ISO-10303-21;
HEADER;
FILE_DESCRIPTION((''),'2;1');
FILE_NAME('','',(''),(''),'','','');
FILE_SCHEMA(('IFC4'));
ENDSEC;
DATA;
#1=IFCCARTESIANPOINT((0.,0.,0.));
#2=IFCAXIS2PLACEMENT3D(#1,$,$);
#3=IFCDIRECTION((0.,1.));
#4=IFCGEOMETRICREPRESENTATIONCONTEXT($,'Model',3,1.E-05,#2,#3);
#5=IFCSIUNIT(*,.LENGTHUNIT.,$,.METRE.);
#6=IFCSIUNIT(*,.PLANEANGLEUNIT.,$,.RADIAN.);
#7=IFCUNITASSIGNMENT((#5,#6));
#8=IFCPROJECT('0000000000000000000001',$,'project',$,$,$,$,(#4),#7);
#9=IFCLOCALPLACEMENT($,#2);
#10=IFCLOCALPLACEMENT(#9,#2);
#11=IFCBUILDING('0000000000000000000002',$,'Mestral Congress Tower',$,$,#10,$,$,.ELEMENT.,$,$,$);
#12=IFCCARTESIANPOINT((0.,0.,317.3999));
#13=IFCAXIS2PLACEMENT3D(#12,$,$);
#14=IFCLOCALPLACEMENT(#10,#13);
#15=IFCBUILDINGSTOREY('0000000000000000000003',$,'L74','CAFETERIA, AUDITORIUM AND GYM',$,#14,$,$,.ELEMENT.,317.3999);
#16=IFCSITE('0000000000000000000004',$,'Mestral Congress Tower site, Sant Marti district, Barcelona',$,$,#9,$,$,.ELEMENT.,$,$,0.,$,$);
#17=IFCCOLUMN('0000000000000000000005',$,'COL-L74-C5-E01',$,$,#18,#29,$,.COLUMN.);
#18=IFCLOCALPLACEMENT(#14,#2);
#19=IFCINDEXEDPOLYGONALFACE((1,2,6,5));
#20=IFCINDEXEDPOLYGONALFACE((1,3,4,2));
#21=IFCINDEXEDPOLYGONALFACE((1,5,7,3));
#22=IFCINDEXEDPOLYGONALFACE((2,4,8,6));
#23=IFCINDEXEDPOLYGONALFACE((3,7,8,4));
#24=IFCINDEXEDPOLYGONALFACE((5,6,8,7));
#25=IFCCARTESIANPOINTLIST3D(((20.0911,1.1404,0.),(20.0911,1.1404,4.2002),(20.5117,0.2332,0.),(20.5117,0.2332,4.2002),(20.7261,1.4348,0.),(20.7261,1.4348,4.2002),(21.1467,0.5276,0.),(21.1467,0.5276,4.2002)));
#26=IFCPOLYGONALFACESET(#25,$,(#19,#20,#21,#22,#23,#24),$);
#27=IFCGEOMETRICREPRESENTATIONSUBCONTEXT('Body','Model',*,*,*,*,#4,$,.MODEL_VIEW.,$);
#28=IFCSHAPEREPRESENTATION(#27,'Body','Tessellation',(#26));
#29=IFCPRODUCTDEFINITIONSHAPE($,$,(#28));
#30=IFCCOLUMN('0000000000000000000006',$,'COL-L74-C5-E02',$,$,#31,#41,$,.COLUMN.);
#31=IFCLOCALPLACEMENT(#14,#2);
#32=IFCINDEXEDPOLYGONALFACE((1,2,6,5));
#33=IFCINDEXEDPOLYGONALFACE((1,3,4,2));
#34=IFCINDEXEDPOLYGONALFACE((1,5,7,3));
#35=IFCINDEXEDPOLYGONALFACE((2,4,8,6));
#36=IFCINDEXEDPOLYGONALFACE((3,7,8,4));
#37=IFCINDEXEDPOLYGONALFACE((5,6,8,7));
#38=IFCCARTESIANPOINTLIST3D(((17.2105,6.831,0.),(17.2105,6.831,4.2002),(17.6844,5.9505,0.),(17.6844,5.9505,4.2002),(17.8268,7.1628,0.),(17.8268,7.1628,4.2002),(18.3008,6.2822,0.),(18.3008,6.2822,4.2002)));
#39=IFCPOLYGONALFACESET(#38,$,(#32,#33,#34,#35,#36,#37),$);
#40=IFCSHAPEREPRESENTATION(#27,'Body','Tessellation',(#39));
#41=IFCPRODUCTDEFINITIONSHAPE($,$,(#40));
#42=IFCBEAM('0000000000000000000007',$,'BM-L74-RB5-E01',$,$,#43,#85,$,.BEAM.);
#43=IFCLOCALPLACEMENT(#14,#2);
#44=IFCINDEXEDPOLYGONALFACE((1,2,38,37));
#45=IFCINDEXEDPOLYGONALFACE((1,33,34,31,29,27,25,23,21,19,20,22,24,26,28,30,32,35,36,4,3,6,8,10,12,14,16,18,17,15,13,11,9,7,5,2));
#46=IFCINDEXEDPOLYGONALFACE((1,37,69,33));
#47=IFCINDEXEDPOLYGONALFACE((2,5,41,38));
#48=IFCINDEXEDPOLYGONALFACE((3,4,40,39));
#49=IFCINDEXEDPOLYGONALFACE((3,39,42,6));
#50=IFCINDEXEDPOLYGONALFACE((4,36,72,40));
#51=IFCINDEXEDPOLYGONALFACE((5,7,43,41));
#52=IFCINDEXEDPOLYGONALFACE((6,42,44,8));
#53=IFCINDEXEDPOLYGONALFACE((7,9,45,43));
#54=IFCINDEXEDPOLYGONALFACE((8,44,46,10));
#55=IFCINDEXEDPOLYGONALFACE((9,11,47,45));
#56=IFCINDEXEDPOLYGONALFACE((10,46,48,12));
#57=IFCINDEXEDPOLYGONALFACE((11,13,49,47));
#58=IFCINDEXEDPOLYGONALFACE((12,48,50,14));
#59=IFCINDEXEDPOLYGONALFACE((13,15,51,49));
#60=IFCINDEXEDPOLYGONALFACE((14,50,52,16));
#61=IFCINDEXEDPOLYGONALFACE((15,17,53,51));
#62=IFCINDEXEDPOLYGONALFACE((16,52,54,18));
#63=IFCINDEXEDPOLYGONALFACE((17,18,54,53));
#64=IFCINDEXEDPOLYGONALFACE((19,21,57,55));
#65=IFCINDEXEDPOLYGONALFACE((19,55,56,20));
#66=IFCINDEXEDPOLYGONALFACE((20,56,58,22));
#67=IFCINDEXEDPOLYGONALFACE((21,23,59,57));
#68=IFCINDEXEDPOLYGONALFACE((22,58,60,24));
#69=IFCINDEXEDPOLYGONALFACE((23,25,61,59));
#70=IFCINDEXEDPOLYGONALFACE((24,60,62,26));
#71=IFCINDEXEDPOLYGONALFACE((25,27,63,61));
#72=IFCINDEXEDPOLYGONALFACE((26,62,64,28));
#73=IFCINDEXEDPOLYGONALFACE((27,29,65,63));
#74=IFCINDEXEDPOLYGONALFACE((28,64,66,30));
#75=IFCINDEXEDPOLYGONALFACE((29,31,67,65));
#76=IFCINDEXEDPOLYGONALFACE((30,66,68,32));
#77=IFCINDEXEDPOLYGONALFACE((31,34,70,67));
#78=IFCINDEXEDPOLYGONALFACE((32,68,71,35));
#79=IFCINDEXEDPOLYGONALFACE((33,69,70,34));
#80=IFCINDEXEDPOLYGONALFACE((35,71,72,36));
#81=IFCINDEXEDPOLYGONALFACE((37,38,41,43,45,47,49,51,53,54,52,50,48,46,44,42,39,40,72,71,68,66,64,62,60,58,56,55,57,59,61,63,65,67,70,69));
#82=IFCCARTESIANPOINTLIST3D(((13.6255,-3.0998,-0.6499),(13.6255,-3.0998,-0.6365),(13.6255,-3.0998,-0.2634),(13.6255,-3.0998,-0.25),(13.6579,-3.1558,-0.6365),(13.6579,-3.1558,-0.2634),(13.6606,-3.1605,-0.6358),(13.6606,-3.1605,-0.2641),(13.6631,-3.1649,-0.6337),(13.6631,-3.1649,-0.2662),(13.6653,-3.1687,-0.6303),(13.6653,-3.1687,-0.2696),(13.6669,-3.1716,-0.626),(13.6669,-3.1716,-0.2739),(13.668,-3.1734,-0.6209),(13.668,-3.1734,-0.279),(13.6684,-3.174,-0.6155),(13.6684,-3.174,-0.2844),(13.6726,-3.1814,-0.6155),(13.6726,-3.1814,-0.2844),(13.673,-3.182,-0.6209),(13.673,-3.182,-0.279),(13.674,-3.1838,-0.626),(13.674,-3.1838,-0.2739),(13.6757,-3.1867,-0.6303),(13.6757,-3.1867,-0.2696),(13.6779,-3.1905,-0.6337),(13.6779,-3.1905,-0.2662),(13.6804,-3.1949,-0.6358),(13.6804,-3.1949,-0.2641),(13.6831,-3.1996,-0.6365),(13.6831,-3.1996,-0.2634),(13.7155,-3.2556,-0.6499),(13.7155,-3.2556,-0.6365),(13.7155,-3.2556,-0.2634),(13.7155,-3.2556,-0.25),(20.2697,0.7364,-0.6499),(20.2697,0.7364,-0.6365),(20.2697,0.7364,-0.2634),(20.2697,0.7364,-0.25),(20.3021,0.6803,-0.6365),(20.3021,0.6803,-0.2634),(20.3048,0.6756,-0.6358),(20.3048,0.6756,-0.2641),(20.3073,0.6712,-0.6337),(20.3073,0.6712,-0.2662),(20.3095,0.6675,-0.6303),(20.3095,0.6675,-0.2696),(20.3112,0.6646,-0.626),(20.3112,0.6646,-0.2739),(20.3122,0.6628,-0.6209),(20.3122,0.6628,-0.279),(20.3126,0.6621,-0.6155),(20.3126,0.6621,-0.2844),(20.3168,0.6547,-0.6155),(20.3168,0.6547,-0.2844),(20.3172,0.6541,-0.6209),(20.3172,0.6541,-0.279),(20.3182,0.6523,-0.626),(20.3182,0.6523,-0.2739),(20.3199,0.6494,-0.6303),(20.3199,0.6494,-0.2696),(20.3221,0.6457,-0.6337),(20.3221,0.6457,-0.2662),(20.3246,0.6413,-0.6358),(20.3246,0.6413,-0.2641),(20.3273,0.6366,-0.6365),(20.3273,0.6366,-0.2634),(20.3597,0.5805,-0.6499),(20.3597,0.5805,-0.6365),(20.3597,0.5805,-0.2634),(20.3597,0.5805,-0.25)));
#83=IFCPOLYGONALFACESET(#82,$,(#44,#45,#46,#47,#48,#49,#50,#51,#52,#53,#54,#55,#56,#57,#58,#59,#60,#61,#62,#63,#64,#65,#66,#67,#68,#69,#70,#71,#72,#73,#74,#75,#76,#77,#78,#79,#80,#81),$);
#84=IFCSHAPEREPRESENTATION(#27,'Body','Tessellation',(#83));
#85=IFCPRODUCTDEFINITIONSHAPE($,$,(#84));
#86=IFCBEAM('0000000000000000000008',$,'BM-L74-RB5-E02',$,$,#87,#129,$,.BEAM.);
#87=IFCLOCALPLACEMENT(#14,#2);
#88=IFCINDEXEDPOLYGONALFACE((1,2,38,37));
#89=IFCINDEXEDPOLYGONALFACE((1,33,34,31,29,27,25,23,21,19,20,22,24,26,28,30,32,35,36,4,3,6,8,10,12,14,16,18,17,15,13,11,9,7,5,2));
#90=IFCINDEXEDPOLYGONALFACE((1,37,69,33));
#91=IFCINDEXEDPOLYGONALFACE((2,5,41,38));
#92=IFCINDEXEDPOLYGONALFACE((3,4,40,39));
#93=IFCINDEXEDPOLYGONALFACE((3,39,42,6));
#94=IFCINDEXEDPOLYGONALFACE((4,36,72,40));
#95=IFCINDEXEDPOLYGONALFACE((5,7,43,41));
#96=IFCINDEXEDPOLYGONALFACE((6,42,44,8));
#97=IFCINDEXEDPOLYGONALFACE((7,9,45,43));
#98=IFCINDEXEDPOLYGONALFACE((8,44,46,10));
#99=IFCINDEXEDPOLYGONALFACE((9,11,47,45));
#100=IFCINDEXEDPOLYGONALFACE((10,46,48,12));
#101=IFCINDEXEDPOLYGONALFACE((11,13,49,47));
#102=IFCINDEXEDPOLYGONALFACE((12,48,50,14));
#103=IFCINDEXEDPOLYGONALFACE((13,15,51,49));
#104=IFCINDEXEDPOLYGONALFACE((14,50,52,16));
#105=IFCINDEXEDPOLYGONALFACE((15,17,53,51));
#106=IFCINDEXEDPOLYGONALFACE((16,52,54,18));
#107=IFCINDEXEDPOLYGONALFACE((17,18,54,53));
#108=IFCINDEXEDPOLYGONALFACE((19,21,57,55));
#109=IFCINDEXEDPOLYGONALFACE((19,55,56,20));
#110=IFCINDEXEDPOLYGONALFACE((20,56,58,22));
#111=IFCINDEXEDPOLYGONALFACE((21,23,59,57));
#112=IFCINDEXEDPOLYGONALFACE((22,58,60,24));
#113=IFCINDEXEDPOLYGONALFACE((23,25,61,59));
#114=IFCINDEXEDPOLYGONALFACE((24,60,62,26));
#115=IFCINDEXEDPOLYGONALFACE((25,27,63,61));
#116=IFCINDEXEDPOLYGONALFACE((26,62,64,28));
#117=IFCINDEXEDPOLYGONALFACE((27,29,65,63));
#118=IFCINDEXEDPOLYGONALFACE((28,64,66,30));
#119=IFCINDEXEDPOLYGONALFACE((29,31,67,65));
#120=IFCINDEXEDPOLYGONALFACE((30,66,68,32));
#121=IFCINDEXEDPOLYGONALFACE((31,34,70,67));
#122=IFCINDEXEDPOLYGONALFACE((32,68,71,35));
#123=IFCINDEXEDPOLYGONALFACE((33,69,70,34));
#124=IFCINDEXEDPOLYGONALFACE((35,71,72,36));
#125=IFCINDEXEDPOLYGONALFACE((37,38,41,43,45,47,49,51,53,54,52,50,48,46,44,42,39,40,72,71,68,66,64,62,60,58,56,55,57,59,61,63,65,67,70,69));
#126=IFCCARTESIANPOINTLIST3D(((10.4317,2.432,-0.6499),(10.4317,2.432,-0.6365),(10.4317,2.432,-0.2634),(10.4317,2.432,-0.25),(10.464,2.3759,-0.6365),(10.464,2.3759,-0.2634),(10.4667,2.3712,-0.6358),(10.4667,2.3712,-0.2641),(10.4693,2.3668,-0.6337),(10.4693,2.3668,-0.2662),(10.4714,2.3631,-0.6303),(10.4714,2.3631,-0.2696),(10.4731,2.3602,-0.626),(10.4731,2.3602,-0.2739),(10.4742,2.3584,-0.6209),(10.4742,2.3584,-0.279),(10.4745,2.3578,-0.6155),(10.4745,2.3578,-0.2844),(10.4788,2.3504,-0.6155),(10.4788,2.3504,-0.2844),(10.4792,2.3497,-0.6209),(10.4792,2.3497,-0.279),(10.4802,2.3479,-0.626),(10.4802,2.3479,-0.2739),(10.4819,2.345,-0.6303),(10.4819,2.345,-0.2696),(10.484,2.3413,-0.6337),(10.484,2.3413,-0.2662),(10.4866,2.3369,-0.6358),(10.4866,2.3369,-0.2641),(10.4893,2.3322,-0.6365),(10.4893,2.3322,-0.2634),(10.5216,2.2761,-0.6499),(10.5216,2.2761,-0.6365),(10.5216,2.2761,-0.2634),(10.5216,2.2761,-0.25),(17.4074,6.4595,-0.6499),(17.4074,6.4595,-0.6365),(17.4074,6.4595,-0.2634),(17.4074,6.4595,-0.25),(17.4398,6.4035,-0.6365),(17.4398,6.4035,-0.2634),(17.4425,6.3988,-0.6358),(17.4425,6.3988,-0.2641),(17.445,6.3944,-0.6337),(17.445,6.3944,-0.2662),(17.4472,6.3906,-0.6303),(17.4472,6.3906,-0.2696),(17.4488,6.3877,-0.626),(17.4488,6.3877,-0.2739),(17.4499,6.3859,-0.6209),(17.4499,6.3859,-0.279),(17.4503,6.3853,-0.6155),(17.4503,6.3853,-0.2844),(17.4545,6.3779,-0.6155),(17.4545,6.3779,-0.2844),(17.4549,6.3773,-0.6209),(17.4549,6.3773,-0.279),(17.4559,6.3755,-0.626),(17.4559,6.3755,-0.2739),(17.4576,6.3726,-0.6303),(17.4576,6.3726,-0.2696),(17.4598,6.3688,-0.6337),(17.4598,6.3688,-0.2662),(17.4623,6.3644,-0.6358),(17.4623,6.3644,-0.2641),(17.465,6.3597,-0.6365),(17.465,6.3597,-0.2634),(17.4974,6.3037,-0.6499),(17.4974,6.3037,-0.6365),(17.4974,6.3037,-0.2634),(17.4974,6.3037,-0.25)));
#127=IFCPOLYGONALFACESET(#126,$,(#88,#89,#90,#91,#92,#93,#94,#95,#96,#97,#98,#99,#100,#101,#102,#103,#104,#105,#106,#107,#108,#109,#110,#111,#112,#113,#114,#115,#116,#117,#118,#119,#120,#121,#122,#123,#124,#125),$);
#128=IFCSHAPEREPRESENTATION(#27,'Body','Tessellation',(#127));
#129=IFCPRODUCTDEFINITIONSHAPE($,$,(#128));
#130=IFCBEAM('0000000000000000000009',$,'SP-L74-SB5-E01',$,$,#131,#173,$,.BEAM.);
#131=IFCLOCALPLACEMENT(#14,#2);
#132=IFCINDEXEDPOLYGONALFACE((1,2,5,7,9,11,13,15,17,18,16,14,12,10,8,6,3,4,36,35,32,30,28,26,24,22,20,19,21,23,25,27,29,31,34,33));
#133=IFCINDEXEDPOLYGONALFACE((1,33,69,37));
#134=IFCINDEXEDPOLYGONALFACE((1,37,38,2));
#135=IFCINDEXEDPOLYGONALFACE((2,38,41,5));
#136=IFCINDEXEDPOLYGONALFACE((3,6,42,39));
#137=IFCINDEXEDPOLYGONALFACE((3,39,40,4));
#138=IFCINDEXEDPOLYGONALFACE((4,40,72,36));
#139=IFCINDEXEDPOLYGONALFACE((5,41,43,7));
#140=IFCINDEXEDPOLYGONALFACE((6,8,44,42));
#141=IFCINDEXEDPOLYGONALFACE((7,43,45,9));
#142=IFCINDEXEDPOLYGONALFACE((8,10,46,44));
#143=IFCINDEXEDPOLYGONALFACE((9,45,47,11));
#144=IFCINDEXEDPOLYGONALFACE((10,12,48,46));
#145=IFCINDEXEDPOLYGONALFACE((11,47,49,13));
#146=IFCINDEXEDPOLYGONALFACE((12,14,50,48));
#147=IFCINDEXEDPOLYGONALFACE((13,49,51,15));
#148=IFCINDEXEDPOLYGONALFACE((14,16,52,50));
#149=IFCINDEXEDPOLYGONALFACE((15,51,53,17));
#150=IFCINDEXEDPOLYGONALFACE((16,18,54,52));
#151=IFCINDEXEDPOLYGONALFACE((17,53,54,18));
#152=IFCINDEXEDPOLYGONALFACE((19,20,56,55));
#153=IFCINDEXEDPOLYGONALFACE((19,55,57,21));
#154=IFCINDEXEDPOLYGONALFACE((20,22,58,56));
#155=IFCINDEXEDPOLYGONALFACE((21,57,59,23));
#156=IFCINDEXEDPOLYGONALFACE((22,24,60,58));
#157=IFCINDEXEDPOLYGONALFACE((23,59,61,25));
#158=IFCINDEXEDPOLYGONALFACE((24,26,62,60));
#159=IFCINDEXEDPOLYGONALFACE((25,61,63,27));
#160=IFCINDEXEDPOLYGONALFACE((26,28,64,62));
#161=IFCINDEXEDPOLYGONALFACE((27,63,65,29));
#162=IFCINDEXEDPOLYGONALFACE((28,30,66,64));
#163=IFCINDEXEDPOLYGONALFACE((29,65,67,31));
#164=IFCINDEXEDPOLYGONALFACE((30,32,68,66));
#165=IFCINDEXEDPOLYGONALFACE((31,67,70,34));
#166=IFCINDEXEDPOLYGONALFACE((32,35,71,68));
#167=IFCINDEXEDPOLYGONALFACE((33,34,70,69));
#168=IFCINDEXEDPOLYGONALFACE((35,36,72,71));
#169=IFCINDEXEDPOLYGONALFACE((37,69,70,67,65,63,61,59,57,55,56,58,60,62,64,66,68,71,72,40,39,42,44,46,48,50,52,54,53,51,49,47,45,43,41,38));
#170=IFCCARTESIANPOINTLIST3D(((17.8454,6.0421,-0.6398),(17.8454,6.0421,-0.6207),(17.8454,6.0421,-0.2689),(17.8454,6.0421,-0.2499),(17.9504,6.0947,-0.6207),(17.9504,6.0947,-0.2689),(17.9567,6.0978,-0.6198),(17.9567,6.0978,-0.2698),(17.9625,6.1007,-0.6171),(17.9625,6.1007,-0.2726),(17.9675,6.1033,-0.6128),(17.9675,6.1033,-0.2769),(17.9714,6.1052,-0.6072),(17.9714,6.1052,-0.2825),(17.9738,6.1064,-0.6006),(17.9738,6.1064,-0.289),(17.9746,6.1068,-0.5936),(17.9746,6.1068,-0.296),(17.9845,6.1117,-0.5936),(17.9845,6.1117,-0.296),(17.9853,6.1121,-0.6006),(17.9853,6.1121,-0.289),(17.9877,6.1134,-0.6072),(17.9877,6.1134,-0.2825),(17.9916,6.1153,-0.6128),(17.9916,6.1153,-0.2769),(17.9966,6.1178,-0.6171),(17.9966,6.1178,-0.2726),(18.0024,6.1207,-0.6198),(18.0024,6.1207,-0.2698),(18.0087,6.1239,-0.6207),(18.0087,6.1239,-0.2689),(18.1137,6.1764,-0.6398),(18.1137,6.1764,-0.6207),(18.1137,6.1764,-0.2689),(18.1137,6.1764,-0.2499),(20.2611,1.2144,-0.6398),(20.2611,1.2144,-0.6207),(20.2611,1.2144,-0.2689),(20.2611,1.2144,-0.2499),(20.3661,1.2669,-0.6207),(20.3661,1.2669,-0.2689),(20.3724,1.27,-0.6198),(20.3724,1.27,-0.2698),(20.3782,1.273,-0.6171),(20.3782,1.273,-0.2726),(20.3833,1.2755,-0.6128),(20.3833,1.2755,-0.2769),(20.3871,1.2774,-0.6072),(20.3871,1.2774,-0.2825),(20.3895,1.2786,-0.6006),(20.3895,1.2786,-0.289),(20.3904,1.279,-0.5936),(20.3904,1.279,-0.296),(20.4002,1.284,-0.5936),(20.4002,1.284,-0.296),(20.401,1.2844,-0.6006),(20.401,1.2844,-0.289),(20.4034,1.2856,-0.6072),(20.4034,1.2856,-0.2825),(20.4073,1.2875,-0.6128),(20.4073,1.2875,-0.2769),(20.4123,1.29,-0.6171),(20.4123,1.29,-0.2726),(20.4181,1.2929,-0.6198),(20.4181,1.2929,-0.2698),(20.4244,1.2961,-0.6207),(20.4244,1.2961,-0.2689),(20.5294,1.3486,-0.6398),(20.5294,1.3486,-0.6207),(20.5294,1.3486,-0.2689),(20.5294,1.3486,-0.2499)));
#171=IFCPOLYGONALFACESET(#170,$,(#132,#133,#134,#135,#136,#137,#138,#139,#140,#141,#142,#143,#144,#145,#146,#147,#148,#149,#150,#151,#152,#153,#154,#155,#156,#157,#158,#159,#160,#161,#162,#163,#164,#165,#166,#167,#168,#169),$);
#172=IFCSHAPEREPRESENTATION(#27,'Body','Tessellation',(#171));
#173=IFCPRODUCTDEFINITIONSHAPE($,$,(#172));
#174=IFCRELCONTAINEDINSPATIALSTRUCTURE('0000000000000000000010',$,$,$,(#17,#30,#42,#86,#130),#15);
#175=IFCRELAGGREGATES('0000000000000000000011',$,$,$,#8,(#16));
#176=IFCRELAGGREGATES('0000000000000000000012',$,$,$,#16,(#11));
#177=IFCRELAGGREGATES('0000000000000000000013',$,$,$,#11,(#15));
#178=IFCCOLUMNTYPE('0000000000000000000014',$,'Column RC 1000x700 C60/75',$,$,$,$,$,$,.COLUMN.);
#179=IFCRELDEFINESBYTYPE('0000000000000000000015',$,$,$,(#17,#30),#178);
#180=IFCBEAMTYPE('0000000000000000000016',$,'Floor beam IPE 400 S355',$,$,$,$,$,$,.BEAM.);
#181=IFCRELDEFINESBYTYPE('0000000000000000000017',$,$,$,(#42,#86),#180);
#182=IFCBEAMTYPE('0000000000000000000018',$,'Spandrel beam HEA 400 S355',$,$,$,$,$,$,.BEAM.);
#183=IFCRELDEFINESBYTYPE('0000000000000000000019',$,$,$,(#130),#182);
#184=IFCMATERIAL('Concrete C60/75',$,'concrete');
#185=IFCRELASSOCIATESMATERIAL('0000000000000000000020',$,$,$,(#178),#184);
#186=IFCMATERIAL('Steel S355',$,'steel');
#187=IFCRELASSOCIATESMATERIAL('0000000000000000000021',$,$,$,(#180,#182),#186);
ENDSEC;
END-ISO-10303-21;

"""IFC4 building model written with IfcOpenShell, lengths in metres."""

from ifc_helpers import new_model, si_unit, direction, frame, origin, origin_2d, place, context, subcontext, project, spatial, rectangle, i_section, extrude, material, material_profile, profile_set, type_object, element, save


model = new_model("IFC4")

# Units and contexts
model_context = context("Model", 3, precision=1e-05, world=origin(), true_north=direction((0.0, 1.0)))
body_context = subcontext(model_context, "Body", "Model", "MODEL_VIEW")
ifc_project = project(units=[si_unit("LENGTHUNIT", "METRE"), si_unit("PLANEANGLEUNIT", "RADIAN")], contexts=[model_context])

# Site, building, storey
site_placement = place(None, origin())
site = spatial("IfcSite", under=ifc_project, at=site_placement, Name="Mestral Congress Tower site, Sant Marti district, Barcelona", CompositionType="ELEMENT", RefElevation=0.0)
building_placement = place(site_placement, origin())
building = spatial("IfcBuilding", under=site, at=building_placement, Name="Mestral Congress Tower", CompositionType="ELEMENT")
storey_placement = place(building_placement, frame((0.0, 0.0, 317.3999)))
storey = spatial("IfcBuildingStorey", under=building, at=storey_placement, Name="L74", Description="CAFETERIA, AUDITORIUM AND GYM", CompositionType="ELEMENT", Elevation=317.3999)

# Columns
ifc_material_1 = material(Name="Concrete C60/75", Category="concrete")
ifc_material_profile_1 = material_profile(ifc_material_1, rectangle(XDim=1.0, YDim=0.7, at=origin_2d()), Name="RC 1000x700")
ifc_profile_set_1 = profile_set([ifc_material_profile_1], Name="Concrete C60/75")
column_type = type_object("IfcColumnType", Name="Column RC 1000x700 C60/75", PredefinedType="COLUMN", material=ifc_profile_set_1)
for number, where, z_axis, x_axis, name in (
    (1, (20.6189, 0.834, 0.0), (0.0, 0.0, 1.0), (-0.420596, 0.907248, 0.0), "COL-L74-C5-E01"),
    (2, (17.7556, 6.5566, 0.0), (0.0, 0.0, 1.0), (-0.473945, 0.880554, 0.0), "COL-L74-C5-E02"),
):
    element("IfcColumn", number, at=place(storey_placement, frame(where, z_axis=z_axis, x_axis=x_axis)), inside=storey, type_object=column_type, Name=name, PredefinedType="COLUMN", context=body_context, shape_type="SweptSolid", body=[
        extrude(rectangle(XDim=1.0, YDim=0.7, at=origin_2d()), origin(), (0.0, 0.0, 1.0), 4.2002),
    ])

# Beams
ifc_material_2 = material(Name="Steel S355", Category="steel")
ifc_material_profile_2 = material_profile(ifc_material_2, i_section(OverallWidth=0.1799, OverallDepth=0.3999, WebThickness=0.0085, FlangeThickness=0.0134, FilletRadius=0.021, at=origin_2d()), Name="IPE 400")
ifc_profile_set_2 = profile_set([ifc_material_profile_2], Name="Steel S355")
beam_type_1 = type_object("IfcBeamType", Name="Floor beam IPE 400 S355", PredefinedType="BEAM", material=ifc_profile_set_2)
beam_1_placement = place(storey_placement, frame((20.3147, 0.6584, -0.45), z_axis=(-0.86602, -0.50001, 0.0), x_axis=(0.50001, -0.86602, 0.0)))
element("IfcBeam", 3, at=beam_1_placement, inside=storey, type_object=beam_type_1, Name="BM-L74-RB5-E01", PredefinedType="BEAM", context=body_context, shape_type="SweptSolid", body=[
    extrude(i_section(OverallWidth=0.1799, OverallDepth=0.3999, WebThickness=0.0085, FlangeThickness=0.0134, FilletRadius=0.021, at=origin_2d()), origin(), (0.0, 0.0, 1.0), 7.6721),
])
beam_2_placement = place(storey_placement, frame((17.4524, 6.3816, -0.45), z_axis=(-0.866021, -0.500008, 0.0), x_axis=(0.500008, -0.866021, 0.0)))
element("IfcBeam", 4, at=beam_2_placement, inside=storey, type_object=beam_type_1, Name="BM-L74-RB5-E02", PredefinedType="BEAM", context=body_context, shape_type="SweptSolid", body=[
    extrude(i_section(OverallWidth=0.1799, OverallDepth=0.3999, WebThickness=0.0085, FlangeThickness=0.0134, FilletRadius=0.021, at=origin_2d()), origin(), (0.0, 0.0, 1.0), 8.0549),
])
ifc_material_profile_3 = material_profile(ifc_material_2, i_section(OverallWidth=0.3, OverallDepth=0.3899, WebThickness=0.011, FlangeThickness=0.019, FilletRadius=0.0271, at=origin_2d()), Name="HEA 400")
ifc_profile_set_3 = profile_set([ifc_material_profile_3], Name="Steel S355")
beam_type_2 = type_object("IfcBeamType", Name="Spandrel beam HEA 400 S355", PredefinedType="BEAM", material=ifc_profile_set_3)
beam_3_placement = place(storey_placement, frame((20.3953, 1.2815, -0.4448), z_axis=(-0.447485, 0.894291, 0.0), x_axis=(-0.894291, -0.447485, 0.0)))
element("IfcBeam", 5, at=beam_3_placement, inside=storey, type_object=beam_type_2, Name="SP-L74-SB5-E01", PredefinedType="BEAM", context=body_context, shape_type="SweptSolid", body=[
    extrude(i_section(OverallWidth=0.3, OverallDepth=0.3899, WebThickness=0.011, FlangeThickness=0.019, FilletRadius=0.0271, at=origin_2d()), origin(), (0.0, 0.0, 1.0), 5.3984),
])

save(model, "model.ifc")
